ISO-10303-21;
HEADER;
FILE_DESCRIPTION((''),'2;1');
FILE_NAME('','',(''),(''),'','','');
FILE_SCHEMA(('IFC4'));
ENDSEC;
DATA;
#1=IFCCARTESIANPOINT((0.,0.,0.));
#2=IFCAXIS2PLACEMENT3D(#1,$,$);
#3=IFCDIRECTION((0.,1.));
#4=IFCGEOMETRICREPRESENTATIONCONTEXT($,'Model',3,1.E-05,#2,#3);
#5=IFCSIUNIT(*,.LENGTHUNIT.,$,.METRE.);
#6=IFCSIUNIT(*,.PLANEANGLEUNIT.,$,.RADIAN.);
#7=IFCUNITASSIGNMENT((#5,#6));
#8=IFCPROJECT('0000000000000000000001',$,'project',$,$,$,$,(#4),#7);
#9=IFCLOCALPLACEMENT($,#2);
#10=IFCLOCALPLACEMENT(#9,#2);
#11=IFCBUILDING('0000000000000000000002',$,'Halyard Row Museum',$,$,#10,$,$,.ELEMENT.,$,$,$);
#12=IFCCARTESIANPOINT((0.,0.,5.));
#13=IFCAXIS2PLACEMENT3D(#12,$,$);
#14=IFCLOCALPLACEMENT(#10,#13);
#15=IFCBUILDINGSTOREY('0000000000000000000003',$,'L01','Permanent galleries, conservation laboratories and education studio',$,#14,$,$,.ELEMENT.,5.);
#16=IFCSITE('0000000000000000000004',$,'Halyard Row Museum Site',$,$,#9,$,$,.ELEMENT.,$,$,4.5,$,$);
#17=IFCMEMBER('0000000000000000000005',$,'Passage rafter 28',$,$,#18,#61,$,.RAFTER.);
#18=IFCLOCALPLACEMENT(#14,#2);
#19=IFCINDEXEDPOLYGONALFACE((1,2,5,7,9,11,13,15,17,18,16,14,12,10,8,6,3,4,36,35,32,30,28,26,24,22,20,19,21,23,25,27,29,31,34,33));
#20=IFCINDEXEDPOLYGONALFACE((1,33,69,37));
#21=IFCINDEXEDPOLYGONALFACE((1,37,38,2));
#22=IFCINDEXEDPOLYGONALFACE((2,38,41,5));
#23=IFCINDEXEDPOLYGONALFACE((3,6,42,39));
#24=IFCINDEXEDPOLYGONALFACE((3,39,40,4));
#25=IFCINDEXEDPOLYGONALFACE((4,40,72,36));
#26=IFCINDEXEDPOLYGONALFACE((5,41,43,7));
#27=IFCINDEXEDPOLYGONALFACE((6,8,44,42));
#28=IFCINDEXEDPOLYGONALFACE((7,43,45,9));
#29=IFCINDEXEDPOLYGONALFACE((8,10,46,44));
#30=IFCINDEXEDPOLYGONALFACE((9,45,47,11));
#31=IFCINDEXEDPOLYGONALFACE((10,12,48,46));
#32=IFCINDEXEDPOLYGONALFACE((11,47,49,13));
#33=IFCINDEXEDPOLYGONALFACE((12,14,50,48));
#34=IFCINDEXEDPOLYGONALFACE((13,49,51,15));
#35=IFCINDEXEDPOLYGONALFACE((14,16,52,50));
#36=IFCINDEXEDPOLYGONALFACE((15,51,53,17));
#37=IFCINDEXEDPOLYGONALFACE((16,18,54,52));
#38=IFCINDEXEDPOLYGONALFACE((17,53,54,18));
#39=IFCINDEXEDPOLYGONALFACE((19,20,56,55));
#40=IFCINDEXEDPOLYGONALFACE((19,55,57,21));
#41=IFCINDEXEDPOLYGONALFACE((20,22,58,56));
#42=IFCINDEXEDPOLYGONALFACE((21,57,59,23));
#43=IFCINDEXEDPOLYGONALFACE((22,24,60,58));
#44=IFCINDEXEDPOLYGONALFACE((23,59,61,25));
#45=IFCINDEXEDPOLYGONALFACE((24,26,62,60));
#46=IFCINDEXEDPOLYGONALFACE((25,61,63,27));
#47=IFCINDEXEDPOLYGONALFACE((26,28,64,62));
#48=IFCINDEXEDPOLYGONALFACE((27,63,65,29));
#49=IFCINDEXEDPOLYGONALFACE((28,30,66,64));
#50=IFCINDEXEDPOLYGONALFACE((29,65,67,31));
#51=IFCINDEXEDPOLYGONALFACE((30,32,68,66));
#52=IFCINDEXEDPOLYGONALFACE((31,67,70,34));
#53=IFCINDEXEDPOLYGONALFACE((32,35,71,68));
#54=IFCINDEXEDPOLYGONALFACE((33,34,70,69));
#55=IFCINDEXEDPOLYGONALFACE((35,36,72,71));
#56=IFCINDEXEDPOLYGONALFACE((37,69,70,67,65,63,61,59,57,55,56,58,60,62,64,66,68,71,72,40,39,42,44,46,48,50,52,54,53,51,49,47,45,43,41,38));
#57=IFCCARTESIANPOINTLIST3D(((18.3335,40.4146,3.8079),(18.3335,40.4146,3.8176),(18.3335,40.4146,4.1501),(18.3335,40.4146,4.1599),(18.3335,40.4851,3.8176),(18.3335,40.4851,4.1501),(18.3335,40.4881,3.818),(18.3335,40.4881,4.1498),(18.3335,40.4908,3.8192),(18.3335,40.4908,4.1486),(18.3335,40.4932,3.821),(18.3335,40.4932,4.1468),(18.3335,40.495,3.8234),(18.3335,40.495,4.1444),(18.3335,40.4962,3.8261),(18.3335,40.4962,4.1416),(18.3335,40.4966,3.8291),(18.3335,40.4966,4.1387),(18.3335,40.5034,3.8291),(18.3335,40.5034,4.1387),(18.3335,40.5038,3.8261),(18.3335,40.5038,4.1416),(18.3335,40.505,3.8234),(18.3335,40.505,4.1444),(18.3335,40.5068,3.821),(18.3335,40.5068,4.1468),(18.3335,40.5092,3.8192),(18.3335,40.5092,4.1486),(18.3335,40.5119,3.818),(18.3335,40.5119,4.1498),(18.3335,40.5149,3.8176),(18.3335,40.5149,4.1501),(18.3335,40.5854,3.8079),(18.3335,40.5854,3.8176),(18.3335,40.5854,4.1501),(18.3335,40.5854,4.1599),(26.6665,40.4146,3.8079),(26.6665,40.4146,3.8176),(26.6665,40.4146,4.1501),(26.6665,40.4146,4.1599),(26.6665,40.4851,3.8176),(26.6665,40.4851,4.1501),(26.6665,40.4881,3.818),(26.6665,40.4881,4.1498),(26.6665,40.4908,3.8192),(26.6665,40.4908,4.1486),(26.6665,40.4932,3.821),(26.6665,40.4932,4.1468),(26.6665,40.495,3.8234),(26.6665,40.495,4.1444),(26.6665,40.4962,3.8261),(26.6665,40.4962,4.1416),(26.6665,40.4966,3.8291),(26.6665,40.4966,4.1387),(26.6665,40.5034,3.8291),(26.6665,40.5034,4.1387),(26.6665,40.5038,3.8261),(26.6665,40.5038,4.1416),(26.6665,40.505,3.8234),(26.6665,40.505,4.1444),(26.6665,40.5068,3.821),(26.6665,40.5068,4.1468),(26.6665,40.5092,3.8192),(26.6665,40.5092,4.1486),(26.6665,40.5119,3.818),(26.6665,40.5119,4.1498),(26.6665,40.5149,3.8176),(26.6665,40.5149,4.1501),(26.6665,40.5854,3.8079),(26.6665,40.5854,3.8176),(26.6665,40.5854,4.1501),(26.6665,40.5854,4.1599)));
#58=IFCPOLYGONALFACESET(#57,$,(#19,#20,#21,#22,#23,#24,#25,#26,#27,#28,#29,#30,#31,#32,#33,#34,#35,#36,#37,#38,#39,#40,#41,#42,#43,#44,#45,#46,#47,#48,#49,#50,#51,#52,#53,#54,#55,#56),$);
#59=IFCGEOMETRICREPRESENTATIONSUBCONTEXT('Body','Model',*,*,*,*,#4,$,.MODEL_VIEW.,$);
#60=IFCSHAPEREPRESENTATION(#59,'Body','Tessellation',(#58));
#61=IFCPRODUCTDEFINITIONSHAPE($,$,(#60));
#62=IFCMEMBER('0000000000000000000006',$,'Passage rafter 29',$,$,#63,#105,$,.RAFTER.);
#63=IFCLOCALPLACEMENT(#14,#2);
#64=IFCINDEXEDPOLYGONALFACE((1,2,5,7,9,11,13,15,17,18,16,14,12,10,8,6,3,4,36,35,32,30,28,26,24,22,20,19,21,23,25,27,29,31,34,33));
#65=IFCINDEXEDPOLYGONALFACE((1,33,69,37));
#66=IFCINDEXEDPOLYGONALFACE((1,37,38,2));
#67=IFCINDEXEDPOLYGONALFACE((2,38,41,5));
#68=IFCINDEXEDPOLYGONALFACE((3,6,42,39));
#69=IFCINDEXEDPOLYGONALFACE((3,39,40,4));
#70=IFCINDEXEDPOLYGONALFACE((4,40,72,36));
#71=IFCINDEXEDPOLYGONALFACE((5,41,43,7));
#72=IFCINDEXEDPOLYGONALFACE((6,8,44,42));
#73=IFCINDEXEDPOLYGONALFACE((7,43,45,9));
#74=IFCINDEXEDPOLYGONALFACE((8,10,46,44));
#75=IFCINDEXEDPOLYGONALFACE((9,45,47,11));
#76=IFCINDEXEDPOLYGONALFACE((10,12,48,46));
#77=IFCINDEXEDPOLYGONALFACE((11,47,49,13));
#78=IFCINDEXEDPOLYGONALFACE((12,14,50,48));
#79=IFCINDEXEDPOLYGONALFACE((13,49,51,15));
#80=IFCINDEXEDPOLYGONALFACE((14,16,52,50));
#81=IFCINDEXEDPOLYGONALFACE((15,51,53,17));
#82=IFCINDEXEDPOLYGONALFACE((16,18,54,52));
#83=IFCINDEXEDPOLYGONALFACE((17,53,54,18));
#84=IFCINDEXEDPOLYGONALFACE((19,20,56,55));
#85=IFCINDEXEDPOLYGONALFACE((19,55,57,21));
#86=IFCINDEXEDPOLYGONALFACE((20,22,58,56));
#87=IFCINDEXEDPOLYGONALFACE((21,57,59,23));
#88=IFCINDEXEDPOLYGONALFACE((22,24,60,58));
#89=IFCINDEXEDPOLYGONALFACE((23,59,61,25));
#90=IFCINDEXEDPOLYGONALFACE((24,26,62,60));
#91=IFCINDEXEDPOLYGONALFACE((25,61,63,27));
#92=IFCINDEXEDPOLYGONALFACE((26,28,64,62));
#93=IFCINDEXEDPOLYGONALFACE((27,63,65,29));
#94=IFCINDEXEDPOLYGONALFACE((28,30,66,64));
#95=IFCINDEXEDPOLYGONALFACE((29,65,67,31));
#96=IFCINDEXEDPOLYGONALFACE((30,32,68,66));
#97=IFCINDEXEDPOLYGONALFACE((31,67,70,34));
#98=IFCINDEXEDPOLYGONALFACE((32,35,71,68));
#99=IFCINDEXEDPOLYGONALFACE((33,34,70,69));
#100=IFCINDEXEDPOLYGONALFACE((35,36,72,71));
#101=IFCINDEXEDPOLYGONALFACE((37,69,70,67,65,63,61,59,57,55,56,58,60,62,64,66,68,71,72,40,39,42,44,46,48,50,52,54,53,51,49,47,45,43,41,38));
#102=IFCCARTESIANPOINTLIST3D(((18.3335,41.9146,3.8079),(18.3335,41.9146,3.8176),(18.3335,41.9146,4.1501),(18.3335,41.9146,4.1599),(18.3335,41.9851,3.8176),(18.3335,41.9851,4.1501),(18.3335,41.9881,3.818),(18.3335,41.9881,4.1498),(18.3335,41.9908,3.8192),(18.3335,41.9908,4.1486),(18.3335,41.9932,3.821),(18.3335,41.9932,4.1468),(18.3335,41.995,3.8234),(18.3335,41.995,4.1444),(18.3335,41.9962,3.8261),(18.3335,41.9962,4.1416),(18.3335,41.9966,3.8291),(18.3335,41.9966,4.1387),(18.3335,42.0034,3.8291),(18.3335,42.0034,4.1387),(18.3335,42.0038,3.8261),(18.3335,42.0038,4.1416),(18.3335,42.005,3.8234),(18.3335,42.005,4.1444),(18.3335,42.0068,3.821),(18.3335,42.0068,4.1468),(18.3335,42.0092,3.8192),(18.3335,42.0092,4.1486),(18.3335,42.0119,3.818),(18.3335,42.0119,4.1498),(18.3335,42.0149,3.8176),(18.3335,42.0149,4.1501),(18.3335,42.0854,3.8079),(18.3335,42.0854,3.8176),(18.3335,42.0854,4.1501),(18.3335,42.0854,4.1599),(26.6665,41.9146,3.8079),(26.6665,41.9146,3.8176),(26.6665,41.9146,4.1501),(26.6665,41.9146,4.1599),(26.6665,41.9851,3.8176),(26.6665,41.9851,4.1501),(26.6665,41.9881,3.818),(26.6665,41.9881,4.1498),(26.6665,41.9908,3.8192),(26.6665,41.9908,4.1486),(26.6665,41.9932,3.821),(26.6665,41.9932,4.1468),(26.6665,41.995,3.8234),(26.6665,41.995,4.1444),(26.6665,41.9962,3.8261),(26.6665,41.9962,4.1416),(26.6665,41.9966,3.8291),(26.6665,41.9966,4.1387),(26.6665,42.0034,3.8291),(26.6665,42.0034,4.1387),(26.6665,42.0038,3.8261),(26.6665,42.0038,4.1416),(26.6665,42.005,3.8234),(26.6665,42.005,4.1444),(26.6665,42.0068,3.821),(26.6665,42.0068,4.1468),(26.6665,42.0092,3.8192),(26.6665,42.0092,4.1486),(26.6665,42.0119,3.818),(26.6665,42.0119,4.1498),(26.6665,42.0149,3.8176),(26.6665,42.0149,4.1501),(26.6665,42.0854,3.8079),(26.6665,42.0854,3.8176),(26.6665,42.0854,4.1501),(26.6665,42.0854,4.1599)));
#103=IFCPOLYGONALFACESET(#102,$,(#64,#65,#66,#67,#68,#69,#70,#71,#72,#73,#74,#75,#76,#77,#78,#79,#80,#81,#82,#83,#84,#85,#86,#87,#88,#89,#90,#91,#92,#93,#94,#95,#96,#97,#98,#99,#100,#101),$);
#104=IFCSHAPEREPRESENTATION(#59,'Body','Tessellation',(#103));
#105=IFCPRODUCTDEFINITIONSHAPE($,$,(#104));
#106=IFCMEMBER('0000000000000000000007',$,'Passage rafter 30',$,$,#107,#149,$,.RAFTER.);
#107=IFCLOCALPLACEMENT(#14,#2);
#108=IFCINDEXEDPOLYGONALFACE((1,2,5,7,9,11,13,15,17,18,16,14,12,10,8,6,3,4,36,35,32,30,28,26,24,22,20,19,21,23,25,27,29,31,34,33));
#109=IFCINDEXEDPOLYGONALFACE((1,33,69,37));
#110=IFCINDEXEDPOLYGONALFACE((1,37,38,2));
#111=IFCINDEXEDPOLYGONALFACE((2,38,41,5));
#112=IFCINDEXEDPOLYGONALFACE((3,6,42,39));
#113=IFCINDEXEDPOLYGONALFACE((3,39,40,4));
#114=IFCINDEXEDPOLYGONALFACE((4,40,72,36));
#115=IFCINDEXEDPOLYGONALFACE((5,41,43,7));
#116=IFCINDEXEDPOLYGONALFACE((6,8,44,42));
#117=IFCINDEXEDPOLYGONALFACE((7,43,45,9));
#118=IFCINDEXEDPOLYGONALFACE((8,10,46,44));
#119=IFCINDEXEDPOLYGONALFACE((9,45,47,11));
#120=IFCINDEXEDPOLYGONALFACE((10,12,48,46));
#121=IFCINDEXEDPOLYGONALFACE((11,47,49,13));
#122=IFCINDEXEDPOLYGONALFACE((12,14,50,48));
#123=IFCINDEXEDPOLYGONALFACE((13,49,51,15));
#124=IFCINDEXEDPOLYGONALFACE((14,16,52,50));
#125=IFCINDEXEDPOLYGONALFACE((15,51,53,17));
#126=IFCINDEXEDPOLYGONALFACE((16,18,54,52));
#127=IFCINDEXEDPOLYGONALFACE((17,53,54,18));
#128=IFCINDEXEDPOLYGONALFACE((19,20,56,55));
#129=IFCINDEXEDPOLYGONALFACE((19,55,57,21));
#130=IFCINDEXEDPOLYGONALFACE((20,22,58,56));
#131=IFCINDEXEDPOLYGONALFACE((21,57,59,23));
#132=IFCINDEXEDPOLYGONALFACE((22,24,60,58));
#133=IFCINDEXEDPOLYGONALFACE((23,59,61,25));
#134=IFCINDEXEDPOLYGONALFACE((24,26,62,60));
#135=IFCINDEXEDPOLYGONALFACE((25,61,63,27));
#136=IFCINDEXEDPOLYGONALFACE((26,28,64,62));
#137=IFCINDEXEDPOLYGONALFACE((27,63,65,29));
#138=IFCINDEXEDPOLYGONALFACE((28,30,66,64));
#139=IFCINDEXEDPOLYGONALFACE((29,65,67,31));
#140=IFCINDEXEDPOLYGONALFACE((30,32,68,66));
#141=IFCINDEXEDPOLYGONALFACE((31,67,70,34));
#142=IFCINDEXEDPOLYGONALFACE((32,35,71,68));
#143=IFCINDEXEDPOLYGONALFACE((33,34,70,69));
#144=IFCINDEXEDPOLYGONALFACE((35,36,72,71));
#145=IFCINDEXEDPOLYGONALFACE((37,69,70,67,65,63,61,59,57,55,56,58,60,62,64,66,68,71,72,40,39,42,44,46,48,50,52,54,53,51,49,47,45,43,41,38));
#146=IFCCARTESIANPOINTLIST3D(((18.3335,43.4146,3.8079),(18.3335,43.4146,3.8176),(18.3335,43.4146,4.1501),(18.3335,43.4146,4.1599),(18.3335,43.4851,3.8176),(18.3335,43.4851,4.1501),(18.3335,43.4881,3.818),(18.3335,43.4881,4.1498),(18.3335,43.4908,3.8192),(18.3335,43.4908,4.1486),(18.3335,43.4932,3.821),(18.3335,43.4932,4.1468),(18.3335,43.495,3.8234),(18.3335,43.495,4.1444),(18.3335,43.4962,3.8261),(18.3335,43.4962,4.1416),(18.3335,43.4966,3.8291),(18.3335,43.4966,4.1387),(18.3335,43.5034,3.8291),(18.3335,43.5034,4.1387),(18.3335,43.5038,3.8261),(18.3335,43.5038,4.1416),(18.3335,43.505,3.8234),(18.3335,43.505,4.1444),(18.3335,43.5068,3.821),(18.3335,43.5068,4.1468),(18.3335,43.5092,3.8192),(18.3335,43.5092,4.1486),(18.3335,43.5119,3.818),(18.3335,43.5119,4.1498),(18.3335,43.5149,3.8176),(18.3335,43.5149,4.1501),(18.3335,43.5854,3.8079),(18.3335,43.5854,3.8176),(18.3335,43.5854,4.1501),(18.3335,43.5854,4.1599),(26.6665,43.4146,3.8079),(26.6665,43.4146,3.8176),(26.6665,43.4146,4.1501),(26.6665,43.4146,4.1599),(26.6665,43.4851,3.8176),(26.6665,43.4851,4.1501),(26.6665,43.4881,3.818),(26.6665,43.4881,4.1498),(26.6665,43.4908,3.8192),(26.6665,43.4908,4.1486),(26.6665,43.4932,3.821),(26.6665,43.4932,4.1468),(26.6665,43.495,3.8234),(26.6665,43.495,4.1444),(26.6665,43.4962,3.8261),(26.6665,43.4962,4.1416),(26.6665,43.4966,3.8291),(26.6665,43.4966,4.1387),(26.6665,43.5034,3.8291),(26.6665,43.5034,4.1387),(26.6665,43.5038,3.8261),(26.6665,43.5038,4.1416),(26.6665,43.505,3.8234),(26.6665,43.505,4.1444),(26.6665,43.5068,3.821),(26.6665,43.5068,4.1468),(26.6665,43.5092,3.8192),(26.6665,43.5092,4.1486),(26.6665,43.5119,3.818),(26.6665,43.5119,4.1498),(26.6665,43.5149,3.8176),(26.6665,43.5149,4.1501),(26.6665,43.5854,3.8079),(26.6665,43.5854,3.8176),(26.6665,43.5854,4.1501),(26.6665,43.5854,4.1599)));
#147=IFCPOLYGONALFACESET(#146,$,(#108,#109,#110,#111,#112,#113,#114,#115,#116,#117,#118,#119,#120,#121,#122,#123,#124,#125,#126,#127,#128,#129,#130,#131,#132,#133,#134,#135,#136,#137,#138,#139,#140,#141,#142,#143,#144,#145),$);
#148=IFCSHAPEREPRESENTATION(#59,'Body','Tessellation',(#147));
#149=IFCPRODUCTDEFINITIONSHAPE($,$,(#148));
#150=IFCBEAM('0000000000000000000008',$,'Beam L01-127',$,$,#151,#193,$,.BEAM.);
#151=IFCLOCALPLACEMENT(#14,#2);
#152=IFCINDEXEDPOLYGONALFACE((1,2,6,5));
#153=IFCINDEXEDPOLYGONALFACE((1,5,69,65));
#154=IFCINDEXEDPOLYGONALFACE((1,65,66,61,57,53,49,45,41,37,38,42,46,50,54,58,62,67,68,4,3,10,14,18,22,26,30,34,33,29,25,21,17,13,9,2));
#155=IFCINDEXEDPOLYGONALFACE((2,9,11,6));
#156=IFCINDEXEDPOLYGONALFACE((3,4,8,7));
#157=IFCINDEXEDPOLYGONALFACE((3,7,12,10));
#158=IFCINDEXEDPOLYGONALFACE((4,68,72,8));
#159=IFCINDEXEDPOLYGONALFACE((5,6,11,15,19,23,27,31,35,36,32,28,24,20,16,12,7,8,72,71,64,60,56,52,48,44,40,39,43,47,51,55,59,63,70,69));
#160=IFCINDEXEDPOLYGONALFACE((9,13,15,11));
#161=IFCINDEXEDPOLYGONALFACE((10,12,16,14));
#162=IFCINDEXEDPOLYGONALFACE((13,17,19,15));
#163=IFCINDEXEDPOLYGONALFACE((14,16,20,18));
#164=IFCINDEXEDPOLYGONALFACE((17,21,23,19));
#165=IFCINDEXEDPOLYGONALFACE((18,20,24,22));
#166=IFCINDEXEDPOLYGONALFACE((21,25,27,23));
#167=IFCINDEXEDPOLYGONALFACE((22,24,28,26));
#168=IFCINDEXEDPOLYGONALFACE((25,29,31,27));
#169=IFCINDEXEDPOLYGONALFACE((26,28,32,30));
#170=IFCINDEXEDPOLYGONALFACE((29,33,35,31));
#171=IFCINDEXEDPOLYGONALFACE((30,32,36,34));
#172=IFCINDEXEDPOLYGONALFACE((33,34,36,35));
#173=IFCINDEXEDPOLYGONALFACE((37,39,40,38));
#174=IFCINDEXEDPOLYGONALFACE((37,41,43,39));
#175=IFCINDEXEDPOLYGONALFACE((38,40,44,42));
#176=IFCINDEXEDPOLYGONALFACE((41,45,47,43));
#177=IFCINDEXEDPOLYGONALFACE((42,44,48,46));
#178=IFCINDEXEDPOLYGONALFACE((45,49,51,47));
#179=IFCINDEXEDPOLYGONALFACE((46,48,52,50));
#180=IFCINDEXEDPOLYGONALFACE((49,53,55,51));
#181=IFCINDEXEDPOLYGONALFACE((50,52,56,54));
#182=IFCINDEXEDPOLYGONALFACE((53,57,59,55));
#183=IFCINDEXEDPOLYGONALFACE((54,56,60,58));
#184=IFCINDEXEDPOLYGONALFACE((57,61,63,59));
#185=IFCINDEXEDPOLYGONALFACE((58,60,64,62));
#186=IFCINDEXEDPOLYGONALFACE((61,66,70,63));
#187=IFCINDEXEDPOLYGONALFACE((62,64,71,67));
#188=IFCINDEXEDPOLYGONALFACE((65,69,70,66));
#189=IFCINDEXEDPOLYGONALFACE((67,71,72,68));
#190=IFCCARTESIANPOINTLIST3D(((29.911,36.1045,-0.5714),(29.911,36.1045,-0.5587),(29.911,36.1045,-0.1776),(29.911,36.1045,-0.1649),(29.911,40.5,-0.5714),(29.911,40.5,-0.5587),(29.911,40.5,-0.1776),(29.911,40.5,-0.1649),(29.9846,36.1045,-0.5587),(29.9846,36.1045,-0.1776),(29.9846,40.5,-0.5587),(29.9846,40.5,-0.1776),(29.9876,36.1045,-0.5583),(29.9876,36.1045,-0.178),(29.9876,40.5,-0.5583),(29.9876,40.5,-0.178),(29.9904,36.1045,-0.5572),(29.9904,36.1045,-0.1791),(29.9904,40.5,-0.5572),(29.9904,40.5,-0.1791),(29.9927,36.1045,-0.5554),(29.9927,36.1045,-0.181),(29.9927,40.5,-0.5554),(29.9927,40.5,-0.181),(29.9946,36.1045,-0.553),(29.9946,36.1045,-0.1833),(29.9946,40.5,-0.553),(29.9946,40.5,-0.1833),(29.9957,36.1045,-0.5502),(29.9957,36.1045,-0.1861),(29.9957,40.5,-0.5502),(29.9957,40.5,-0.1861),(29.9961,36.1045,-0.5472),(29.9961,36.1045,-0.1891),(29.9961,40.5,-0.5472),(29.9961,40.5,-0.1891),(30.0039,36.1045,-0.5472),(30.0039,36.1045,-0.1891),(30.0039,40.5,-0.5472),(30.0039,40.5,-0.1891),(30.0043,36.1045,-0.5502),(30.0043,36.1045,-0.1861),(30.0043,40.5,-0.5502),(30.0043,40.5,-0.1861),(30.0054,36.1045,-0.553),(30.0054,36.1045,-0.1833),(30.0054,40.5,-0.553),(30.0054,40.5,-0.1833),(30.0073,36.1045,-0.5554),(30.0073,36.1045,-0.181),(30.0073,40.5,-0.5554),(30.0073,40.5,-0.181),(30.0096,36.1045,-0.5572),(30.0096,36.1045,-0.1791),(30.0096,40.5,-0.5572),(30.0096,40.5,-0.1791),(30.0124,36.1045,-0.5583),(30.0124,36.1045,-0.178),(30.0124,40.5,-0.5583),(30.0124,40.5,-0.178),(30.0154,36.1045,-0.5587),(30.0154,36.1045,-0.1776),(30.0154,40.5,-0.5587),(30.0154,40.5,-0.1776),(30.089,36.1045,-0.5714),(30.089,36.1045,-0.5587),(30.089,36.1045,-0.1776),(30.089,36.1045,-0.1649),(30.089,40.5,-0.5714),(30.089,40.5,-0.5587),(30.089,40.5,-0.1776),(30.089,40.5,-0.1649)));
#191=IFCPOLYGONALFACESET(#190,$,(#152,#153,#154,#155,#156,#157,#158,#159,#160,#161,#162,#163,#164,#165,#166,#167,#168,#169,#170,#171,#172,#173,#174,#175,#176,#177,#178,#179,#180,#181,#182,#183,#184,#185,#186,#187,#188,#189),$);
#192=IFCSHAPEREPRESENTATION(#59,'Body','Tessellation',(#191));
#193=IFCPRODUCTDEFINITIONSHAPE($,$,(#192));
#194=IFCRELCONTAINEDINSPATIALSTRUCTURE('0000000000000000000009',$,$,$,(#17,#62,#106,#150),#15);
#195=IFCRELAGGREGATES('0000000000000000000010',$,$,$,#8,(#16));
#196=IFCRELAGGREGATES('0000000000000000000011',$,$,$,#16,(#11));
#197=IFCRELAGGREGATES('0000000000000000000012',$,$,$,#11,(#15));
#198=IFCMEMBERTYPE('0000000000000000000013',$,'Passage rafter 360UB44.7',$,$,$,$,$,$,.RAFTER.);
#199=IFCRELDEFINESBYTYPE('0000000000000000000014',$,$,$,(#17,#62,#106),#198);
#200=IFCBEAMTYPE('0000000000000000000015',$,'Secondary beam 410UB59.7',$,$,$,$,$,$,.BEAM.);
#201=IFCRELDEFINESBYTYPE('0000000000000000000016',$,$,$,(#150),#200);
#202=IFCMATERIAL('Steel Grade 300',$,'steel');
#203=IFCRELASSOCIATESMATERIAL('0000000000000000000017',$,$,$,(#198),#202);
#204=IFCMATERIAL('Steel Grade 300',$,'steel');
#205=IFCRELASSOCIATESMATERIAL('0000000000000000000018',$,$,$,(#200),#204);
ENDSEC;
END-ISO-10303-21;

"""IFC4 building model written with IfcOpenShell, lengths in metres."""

from ifc_helpers import new_model, si_unit, direction, frame, origin, origin_2d, place, context, subcontext, project, spatial, i_section, extrude, material, material_profile, profile_set, type_object, element, save


model = new_model("IFC4")

# Units and contexts
model_context = context("Model", 3, precision=1e-05, world=origin(), true_north=direction((0.0, 1.0)))
body_context = subcontext(model_context, "Body", "Model", "MODEL_VIEW")
ifc_project = project(units=[si_unit("LENGTHUNIT", "METRE"), si_unit("PLANEANGLEUNIT", "RADIAN")], contexts=[model_context])

# Site, building, storey
site_placement = place(None, origin())
site = spatial("IfcSite", under=ifc_project, at=site_placement, Name="Halyard Row Museum Site", CompositionType="ELEMENT", RefElevation=4.5)
building_placement = place(site_placement, origin())
building = spatial("IfcBuilding", under=site, at=building_placement, Name="Halyard Row Museum", CompositionType="ELEMENT")
storey_placement = place(building_placement, frame((0.0, 0.0, 5.0)))
storey = spatial("IfcBuildingStorey", under=building, at=storey_placement, Name="L01", Description="Permanent galleries, conservation laboratories and education studio", CompositionType="ELEMENT", Elevation=5.0)

# Members
ifc_material_1 = material(Name="Steel Grade 300", Category="steel")
ifc_material_profile_1 = material_profile(ifc_material_1, i_section(OverallWidth=0.1709, OverallDepth=0.3521, WebThickness=0.0068, FlangeThickness=0.0098, FilletRadius=0.0115, at=origin_2d()), Name="360UB44.7")
ifc_profile_set_1 = profile_set([ifc_material_profile_1], Name="Steel Grade 300")
member_type_1 = type_object("IfcMemberType", Name="Passage rafter 360UB44.7", PredefinedType="RAFTER", material=ifc_profile_set_1)
for number, where, z_axis, x_axis, name in (
    (1, (18.3335, 40.5, 3.9839), (1.0, 0.0, 0.0), (0.0, 1.0, 0.0), "Passage rafter 28"),
    (2, (18.3335, 42.0, 3.9839), (1.0, 0.0, 0.0), (0.0, 1.0, 0.0), "Passage rafter 29"),
    (3, (18.3335, 43.5, 3.9839), (1.0, 0.0, 0.0), (0.0, 1.0, 0.0), "Passage rafter 30"),
):
    element("IfcMember", number, at=place(storey_placement, frame(where, z_axis=z_axis, x_axis=x_axis)), inside=storey, type_object=member_type_1, Name=name, PredefinedType="RAFTER", context=body_context, shape_type="SweptSolid", body=[
        extrude(i_section(OverallWidth=0.1709, OverallDepth=0.3521, WebThickness=0.0068, FlangeThickness=0.0098, FilletRadius=0.0115, at=origin_2d()), origin(), (0.0, 0.0, 1.0), 8.333),
    ])

# Beam
ifc_material_2 = material(Name="Steel Grade 300", Category="steel")
ifc_material_profile_2 = material_profile(ifc_material_2, i_section(OverallWidth=0.178, OverallDepth=0.4065, WebThickness=0.0078, FlangeThickness=0.0127, FilletRadius=0.0115, at=origin_2d()), Name="410UB59.7")
ifc_profile_set_2 = profile_set([ifc_material_profile_2], Name="Steel Grade 300")
beam_type_1 = type_object("IfcBeamType", Name="Secondary beam 410UB59.7", PredefinedType="BEAM", material=ifc_profile_set_2)
beam_1_placement = place(storey_placement, frame((30.0, 36.1045, -0.3682), z_axis=(0.0, 1.0, 0.0), x_axis=(-1.0, 0.0, 0.0)))
element("IfcBeam", 4, at=beam_1_placement, inside=storey, type_object=beam_type_1, Name="Beam L01-127", PredefinedType="BEAM", context=body_context, shape_type="SweptSolid", body=[
    extrude(i_section(OverallWidth=0.178, OverallDepth=0.4065, WebThickness=0.0078, FlangeThickness=0.0127, FilletRadius=0.0115, at=origin_2d()), origin(), (0.0, 0.0, 1.0), 4.3955),
])

save(model, "model.ifc")
